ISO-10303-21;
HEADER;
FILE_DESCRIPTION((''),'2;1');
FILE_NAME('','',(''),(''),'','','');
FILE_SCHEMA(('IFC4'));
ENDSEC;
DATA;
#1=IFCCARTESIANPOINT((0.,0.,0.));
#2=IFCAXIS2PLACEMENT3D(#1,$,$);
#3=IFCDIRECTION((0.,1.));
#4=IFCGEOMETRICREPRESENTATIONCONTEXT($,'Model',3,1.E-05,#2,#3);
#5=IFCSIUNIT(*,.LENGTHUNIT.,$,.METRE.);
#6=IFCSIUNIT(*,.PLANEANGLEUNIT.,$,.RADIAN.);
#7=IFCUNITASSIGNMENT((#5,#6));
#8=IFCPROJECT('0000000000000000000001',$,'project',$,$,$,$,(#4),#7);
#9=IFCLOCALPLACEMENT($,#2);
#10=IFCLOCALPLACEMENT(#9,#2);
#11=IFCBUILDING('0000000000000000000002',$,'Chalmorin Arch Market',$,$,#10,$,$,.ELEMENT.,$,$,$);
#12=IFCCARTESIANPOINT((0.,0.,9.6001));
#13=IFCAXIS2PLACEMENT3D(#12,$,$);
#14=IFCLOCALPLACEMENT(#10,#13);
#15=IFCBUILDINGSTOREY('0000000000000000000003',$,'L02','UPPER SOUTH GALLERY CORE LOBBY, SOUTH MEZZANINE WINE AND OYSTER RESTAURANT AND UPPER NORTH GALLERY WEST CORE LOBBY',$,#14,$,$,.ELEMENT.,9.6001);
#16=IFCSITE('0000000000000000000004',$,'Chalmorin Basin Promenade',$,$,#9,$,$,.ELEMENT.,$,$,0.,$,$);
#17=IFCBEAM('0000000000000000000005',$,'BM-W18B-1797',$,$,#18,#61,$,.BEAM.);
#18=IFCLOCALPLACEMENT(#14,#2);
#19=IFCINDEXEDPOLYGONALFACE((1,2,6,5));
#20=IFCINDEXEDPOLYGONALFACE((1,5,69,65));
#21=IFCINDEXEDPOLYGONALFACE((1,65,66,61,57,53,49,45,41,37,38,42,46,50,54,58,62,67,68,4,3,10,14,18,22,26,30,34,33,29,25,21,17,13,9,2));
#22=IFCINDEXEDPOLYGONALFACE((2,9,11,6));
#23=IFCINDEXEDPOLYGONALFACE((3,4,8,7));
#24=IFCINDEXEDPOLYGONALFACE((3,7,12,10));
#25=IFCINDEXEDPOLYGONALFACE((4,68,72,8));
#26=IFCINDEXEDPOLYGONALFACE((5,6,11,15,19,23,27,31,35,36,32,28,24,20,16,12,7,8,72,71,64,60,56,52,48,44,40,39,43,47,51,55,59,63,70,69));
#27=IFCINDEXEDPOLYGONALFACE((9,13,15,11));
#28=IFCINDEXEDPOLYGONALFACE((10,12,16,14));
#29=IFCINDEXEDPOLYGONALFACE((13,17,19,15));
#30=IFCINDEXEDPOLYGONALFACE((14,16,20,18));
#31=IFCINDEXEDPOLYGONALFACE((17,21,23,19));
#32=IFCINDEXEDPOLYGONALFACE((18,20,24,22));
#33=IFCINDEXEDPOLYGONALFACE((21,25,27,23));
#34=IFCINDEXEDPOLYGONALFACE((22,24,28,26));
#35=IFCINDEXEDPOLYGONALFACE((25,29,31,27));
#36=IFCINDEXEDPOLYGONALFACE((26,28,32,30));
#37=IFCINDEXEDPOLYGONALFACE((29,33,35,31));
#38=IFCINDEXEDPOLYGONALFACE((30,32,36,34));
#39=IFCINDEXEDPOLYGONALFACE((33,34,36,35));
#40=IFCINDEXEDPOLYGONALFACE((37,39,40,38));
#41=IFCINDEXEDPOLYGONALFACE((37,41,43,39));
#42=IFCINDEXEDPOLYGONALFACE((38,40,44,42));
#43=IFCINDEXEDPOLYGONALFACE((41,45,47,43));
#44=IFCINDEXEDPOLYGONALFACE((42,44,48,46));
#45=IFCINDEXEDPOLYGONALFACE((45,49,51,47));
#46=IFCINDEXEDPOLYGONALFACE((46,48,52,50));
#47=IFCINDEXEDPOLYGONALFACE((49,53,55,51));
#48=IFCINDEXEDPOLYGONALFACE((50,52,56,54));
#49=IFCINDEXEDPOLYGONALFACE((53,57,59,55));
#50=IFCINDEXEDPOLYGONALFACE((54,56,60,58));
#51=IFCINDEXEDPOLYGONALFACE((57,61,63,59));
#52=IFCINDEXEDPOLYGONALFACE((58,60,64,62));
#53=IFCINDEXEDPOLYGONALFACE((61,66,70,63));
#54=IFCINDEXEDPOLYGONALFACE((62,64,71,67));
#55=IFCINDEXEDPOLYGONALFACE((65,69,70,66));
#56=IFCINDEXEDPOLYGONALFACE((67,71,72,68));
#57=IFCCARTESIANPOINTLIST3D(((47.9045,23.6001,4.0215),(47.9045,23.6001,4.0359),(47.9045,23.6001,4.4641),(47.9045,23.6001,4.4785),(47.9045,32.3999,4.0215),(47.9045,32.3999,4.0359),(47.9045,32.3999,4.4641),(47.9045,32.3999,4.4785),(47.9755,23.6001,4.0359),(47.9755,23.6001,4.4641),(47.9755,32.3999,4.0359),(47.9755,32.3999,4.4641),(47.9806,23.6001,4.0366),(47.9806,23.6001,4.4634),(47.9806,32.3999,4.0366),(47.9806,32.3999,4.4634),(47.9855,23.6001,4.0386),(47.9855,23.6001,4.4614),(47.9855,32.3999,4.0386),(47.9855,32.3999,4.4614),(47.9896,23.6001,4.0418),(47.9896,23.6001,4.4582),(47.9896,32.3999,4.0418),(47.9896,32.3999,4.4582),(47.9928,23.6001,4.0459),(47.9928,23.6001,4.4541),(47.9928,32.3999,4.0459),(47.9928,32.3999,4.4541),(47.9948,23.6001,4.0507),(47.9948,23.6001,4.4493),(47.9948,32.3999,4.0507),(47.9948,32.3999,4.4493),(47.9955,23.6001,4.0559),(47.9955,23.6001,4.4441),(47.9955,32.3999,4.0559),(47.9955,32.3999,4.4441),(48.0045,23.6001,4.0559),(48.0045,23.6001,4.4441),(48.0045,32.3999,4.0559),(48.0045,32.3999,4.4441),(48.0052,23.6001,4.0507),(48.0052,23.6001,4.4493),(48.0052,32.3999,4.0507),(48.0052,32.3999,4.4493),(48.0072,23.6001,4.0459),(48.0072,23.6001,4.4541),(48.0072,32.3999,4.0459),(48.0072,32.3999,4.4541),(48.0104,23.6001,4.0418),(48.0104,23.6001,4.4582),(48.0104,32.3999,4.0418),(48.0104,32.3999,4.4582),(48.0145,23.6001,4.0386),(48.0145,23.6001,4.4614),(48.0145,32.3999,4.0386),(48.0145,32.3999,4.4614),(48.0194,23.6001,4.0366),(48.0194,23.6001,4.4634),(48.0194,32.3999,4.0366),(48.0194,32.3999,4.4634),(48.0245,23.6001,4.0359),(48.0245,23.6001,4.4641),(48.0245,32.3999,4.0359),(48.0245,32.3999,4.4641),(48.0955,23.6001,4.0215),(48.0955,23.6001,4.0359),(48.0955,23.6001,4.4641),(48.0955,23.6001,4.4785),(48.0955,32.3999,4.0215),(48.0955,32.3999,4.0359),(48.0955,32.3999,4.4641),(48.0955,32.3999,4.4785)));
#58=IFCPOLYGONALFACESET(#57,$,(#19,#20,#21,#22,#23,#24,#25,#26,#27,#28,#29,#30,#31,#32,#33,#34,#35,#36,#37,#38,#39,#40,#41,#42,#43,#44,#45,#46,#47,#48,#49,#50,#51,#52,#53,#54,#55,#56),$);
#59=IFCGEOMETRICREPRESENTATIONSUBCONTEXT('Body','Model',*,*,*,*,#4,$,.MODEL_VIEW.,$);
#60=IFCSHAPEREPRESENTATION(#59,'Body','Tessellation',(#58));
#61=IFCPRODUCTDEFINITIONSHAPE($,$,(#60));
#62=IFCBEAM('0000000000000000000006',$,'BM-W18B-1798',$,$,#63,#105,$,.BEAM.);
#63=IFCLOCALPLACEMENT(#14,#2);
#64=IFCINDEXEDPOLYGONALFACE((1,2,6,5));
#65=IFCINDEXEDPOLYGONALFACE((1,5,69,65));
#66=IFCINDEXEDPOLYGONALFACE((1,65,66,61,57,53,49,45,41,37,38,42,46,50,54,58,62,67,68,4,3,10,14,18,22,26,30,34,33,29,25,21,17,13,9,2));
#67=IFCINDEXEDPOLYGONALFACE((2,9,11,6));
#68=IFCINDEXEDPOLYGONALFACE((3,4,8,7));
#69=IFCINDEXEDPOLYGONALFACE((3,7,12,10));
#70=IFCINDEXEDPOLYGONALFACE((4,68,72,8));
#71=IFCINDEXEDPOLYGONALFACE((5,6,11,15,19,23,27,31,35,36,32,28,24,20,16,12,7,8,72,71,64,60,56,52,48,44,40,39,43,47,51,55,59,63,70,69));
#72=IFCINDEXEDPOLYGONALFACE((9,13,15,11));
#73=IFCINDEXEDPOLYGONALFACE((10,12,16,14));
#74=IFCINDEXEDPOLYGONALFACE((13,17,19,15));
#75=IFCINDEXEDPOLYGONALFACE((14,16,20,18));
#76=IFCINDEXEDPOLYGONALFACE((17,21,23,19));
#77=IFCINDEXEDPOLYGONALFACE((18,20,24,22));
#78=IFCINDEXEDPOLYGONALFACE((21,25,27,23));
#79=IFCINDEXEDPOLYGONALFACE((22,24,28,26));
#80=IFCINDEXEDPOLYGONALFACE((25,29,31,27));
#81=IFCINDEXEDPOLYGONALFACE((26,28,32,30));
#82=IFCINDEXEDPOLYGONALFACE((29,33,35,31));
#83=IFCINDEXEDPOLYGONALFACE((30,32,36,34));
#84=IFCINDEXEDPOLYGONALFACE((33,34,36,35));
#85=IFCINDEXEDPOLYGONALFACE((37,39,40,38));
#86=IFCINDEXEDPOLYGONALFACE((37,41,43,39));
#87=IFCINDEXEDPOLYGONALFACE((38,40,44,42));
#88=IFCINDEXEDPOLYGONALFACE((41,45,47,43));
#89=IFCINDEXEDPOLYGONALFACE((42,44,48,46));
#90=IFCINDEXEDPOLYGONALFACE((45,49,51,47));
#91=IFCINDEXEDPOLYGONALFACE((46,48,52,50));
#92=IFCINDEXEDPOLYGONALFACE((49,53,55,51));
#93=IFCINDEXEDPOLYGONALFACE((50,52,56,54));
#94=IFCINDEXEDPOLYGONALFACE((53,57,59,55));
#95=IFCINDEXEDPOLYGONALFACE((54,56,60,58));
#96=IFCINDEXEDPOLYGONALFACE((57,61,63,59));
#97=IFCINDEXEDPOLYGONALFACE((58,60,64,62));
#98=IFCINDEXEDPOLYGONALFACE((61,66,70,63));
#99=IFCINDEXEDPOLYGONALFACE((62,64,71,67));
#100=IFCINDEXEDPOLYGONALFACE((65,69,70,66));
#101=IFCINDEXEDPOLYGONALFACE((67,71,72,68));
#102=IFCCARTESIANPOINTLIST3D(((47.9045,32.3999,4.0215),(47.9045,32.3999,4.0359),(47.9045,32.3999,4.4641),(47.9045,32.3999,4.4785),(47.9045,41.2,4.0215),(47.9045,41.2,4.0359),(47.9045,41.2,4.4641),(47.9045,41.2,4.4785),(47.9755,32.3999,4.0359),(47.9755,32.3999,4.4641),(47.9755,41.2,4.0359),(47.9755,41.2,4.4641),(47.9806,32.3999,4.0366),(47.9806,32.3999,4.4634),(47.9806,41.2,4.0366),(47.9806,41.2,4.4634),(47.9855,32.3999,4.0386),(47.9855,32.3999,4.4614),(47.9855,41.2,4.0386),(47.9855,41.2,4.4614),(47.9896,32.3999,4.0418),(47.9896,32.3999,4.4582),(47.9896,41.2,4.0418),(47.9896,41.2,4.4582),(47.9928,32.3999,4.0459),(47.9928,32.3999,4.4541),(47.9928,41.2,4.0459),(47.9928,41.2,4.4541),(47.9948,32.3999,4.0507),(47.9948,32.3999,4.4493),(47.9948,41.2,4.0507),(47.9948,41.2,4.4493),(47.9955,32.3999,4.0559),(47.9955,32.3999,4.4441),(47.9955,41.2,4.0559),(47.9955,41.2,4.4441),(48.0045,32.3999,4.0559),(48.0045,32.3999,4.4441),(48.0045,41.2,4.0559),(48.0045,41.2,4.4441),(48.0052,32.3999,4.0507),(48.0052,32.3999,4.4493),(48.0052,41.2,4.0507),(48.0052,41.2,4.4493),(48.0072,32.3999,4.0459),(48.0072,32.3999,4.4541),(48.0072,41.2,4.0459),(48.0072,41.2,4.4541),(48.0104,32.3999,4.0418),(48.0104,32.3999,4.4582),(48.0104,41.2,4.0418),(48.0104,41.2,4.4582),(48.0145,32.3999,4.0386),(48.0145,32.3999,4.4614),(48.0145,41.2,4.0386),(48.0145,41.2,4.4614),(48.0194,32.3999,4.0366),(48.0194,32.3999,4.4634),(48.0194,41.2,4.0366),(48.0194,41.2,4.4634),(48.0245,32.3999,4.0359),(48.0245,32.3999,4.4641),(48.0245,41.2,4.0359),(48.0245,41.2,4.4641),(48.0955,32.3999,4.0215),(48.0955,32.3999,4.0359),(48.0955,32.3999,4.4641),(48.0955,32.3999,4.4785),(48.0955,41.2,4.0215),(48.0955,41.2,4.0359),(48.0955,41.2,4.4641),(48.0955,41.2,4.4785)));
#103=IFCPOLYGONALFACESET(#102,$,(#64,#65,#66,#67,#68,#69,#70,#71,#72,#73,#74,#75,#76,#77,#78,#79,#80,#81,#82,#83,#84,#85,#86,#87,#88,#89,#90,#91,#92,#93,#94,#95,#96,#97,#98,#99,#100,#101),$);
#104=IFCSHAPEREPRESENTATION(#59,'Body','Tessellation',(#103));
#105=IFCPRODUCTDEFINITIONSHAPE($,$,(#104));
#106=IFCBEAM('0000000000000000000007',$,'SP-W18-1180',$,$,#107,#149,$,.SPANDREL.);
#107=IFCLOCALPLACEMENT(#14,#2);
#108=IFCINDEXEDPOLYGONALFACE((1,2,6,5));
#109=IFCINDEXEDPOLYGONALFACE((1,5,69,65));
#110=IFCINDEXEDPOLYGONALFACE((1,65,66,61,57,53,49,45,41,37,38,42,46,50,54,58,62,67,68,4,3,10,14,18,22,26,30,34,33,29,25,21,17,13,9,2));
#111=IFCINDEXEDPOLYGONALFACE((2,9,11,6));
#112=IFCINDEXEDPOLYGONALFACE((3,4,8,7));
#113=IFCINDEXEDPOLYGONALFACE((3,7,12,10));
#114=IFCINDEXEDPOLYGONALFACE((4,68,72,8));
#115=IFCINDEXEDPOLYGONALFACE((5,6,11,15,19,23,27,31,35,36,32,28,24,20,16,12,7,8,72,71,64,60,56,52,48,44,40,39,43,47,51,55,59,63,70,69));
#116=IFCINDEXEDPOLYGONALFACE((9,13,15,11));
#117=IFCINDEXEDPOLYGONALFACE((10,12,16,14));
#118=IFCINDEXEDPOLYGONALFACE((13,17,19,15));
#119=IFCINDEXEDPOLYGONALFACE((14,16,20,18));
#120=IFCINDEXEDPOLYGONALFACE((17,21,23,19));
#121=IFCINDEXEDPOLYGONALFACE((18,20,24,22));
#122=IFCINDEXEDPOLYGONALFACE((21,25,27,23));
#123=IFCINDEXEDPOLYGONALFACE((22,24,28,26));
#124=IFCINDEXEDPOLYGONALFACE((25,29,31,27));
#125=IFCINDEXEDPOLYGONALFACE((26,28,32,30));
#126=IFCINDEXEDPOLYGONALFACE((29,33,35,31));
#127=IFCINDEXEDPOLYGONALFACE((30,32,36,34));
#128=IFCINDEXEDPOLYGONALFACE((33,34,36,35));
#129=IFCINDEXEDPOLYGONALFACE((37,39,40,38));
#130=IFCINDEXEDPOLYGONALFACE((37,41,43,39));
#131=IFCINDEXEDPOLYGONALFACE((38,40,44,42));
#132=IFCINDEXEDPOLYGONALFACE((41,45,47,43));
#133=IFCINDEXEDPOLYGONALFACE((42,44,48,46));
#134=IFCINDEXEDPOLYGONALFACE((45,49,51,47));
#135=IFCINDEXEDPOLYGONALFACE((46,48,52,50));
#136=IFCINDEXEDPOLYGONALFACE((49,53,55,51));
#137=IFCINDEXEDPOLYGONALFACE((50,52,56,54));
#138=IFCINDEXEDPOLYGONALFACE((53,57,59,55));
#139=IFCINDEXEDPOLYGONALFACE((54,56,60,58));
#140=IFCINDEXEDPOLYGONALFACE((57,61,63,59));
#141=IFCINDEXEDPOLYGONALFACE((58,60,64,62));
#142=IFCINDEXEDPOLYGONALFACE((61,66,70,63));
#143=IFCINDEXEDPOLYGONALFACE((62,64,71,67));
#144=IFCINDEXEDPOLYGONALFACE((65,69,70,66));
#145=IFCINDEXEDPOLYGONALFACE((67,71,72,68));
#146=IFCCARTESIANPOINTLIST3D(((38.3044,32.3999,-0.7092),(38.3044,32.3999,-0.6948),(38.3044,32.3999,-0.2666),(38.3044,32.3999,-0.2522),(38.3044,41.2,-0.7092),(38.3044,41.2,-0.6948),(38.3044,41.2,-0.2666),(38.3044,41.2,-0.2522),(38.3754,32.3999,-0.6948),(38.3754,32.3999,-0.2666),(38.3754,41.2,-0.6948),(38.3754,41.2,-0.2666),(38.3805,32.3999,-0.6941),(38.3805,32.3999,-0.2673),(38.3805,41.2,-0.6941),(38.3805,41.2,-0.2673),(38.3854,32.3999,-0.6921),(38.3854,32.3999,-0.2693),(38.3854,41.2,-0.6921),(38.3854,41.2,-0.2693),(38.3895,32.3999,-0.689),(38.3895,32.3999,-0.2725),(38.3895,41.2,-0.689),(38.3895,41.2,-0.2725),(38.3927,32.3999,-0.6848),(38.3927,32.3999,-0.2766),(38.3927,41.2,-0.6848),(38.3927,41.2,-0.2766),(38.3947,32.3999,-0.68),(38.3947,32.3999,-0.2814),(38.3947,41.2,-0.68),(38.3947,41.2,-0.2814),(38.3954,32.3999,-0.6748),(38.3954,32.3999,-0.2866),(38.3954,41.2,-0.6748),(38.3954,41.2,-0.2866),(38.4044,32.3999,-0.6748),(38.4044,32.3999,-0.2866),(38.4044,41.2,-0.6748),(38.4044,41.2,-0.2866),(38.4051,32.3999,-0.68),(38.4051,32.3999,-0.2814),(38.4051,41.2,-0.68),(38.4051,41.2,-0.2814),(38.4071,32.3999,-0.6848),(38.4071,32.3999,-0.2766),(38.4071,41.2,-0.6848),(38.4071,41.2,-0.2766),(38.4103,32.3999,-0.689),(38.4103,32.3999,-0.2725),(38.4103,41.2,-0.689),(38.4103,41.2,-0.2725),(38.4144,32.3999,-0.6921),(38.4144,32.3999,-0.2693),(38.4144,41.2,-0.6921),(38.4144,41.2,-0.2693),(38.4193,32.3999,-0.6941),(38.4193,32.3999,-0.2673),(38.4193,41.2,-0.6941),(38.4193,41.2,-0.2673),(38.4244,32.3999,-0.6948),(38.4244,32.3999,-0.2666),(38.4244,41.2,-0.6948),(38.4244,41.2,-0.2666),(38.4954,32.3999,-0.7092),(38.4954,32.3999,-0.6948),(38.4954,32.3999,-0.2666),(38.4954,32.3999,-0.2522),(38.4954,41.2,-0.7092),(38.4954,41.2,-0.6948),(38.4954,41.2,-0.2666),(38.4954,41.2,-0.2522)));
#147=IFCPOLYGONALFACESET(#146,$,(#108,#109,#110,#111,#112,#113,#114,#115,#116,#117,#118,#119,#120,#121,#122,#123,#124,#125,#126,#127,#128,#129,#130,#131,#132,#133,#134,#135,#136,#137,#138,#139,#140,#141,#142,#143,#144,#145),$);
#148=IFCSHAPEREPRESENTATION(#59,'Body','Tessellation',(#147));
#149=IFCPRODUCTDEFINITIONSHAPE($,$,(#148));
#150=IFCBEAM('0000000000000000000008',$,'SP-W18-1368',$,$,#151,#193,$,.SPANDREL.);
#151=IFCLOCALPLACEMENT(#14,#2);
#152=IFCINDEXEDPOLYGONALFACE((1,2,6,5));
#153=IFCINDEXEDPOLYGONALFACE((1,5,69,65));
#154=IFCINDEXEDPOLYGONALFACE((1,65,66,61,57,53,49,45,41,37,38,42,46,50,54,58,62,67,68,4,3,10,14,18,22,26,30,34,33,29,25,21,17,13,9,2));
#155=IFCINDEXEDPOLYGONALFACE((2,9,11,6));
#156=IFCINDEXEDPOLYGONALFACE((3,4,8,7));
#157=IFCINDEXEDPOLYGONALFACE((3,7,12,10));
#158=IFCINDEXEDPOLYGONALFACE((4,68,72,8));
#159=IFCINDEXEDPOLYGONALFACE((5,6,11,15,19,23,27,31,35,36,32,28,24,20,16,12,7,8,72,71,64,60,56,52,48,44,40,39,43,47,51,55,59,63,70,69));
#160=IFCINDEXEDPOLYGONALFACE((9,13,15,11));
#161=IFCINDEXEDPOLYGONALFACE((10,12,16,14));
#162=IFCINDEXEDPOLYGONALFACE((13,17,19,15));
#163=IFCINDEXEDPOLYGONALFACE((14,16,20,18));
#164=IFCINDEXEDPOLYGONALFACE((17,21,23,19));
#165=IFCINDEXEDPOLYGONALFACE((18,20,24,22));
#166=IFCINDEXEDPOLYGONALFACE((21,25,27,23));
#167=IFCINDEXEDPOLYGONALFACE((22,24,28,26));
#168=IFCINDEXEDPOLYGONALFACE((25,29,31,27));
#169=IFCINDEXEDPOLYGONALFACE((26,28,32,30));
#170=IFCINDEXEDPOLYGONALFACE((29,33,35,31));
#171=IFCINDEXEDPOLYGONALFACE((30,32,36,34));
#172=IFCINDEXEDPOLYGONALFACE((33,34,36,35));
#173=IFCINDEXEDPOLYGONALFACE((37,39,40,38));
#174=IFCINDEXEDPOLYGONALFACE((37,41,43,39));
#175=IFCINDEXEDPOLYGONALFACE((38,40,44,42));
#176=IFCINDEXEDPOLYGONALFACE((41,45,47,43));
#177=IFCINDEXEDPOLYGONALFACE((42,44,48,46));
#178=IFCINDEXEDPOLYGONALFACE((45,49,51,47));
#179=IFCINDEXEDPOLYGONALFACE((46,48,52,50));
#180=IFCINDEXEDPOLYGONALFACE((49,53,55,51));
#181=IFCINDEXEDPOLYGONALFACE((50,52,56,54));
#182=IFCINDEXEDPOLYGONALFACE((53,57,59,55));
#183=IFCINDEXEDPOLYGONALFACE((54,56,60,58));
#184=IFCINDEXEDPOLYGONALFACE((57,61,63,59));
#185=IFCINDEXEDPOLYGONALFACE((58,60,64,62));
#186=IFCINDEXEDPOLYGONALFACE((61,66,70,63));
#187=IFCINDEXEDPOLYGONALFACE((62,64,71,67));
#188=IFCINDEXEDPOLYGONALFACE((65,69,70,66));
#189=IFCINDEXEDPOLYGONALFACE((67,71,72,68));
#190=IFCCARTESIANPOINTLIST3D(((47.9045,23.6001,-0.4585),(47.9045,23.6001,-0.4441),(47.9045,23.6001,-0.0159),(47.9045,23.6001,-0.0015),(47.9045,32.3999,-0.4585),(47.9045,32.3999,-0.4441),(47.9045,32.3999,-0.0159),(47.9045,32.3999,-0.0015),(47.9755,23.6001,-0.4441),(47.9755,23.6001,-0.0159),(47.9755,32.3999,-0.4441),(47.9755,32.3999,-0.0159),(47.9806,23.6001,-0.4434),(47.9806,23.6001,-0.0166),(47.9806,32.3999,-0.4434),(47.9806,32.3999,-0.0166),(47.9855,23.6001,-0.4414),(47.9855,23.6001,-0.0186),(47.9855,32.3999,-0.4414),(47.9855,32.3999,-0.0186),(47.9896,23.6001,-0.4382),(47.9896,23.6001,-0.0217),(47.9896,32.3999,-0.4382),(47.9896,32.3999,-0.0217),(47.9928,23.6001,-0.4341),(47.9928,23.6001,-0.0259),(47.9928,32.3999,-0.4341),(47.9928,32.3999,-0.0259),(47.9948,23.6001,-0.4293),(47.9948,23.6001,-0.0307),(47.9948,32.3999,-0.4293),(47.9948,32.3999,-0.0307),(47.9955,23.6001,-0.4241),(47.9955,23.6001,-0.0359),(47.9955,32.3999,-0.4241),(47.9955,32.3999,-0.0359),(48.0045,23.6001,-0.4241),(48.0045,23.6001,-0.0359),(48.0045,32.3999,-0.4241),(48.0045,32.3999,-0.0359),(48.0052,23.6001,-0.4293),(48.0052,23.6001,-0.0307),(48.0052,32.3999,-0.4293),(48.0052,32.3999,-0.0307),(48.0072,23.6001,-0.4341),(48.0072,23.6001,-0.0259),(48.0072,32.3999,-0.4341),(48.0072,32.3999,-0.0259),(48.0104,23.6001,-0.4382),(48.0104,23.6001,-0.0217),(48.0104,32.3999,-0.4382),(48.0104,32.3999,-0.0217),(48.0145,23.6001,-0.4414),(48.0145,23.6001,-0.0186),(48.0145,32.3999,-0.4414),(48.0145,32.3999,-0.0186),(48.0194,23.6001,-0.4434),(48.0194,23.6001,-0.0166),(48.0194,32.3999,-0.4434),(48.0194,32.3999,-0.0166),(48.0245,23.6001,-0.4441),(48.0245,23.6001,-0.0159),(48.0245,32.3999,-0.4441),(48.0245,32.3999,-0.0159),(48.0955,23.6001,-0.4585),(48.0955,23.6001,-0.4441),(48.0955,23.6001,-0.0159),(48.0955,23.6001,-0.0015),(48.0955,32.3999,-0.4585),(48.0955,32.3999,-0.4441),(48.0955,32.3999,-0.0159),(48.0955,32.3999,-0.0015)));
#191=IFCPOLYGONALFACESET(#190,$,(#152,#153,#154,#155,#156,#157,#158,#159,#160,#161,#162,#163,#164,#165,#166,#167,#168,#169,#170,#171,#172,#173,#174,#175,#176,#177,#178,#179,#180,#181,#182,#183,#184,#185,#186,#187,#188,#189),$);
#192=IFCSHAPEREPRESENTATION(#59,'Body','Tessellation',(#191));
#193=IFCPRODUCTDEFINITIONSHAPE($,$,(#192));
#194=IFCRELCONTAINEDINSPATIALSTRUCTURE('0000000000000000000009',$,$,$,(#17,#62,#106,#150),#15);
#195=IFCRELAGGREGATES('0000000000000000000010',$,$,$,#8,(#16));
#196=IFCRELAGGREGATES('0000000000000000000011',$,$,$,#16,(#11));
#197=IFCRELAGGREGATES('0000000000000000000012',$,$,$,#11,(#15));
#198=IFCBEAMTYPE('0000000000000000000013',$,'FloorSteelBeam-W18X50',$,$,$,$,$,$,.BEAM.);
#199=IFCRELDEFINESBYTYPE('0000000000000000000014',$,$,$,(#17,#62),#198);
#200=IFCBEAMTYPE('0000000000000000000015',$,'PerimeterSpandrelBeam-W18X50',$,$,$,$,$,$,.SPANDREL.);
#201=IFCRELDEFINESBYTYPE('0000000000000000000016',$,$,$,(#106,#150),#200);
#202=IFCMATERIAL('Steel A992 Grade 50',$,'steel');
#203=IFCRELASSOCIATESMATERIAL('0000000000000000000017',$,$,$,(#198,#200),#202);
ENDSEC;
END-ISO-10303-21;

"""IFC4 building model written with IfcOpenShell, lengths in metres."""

from ifc_helpers import new_model, si_unit, direction, frame, origin, origin_2d, place, context, subcontext, project, spatial, i_section, extrude, material, material_profile, profile_set, type_object, element, save


model = new_model("IFC4")

# Units and contexts
model_context = context("Model", 3, precision=1e-05, world=origin(), true_north=direction((0.0, 1.0)))
body_context = subcontext(model_context, "Body", "Model", "MODEL_VIEW")
ifc_project = project(units=[si_unit("LENGTHUNIT", "METRE"), si_unit("PLANEANGLEUNIT", "RADIAN")], contexts=[model_context])

# Site, building, storey
site_placement = place(None, origin())
site = spatial("IfcSite", under=ifc_project, at=site_placement, Name="Chalmorin Basin Promenade", CompositionType="ELEMENT", RefElevation=0.0)
building_placement = place(site_placement, origin())
building = spatial("IfcBuilding", under=site, at=building_placement, Name="Chalmorin Arch Market", CompositionType="ELEMENT")
storey_placement = place(building_placement, frame((0.0, 0.0, 9.6001)))
storey = spatial("IfcBuildingStorey", under=building, at=storey_placement, Name="L02", Description="UPPER SOUTH GALLERY CORE LOBBY, SOUTH MEZZANINE WINE AND OYSTER RESTAURANT AND UPPER NORTH GALLERY WEST CORE LOBBY", CompositionType="ELEMENT", Elevation=9.6001)

# Beams
ifc_material_1 = material(Name="Steel A992 Grade 50", Category="steel")
ifc_material_profile_1 = material_profile(ifc_material_1, i_section(OverallWidth=0.1909, OverallDepth=0.457, WebThickness=0.009, FlangeThickness=0.0144, FilletRadius=0.02, at=origin_2d()), Name="W18X50")
ifc_profile_set_1 = profile_set([ifc_material_profile_1], Name="Steel A992 Grade 50")
beam_type_1 = type_object("IfcBeamType", Name="FloorSteelBeam-W18X50", PredefinedType="BEAM", material=ifc_profile_set_1)
beam_1_placement = place(storey_placement, frame((48.0, 23.6001, 4.25), z_axis=(0.0, 1.0, 0.0), x_axis=(-1.0, 0.0, 0.0)))
element("IfcBeam", 1, at=beam_1_placement, inside=storey, type_object=beam_type_1, Name="BM-W18B-1797", PredefinedType="BEAM", context=body_context, shape_type="SweptSolid", body=[
    extrude(i_section(OverallWidth=0.1909, OverallDepth=0.457, WebThickness=0.009, FlangeThickness=0.0144, FilletRadius=0.02, at=origin_2d()), origin(), (0.0, 0.0, 1.0), 8.7998),
])
beam_2_placement = place(storey_placement, frame((48.0, 32.3999, 4.25), z_axis=(0.0, 1.0, 0.0), x_axis=(-1.0, 0.0, 0.0)))
element("IfcBeam", 2, at=beam_2_placement, inside=storey, type_object=beam_type_1, Name="BM-W18B-1798", PredefinedType="BEAM", context=body_context, shape_type="SweptSolid", body=[
    extrude(i_section(OverallWidth=0.1909, OverallDepth=0.457, WebThickness=0.009, FlangeThickness=0.0144, FilletRadius=0.02, at=origin_2d()), origin(), (0.0, 0.0, 1.0), 8.8),
])
ifc_material_profile_2 = material_profile(ifc_material_1, i_section(OverallWidth=0.1909, OverallDepth=0.457, WebThickness=0.009, FlangeThickness=0.0144, FilletRadius=0.02, at=origin_2d()), Name="W18X50")
ifc_profile_set_2 = profile_set([ifc_material_profile_2], Name="Steel A992 Grade 50")
beam_type_2 = type_object("IfcBeamType", Name="PerimeterSpandrelBeam-W18X50", PredefinedType="SPANDREL", material=ifc_profile_set_2)
beam_3_placement = place(storey_placement, frame((38.3999, 32.3999, -0.4807), z_axis=(0.0, 1.0, 0.0), x_axis=(-1.0, 0.0, 0.0)))
element("IfcBeam", 3, at=beam_3_placement, inside=storey, type_object=beam_type_2, Name="SP-W18-1180", PredefinedType="SPANDREL", context=body_context, shape_type="SweptSolid", body=[
    extrude(i_section(OverallWidth=0.1909, OverallDepth=0.457, WebThickness=0.009, FlangeThickness=0.0144, FilletRadius=0.02, at=origin_2d()), origin(), (0.0, 0.0, 1.0), 8.8),
])
beam_4_placement = place(storey_placement, frame((48.0, 23.6001, -0.23), z_axis=(0.0, 1.0, 0.0), x_axis=(-1.0, 0.0, 0.0)))
element("IfcBeam", 4, at=beam_4_placement, inside=storey, type_object=beam_type_2, Name="SP-W18-1368", PredefinedType="SPANDREL", context=body_context, shape_type="SweptSolid", body=[
    extrude(i_section(OverallWidth=0.1909, OverallDepth=0.457, WebThickness=0.009, FlangeThickness=0.0144, FilletRadius=0.02, at=origin_2d()), origin(), (0.0, 0.0, 1.0), 8.7998),
])

save(model, "model.ifc")
